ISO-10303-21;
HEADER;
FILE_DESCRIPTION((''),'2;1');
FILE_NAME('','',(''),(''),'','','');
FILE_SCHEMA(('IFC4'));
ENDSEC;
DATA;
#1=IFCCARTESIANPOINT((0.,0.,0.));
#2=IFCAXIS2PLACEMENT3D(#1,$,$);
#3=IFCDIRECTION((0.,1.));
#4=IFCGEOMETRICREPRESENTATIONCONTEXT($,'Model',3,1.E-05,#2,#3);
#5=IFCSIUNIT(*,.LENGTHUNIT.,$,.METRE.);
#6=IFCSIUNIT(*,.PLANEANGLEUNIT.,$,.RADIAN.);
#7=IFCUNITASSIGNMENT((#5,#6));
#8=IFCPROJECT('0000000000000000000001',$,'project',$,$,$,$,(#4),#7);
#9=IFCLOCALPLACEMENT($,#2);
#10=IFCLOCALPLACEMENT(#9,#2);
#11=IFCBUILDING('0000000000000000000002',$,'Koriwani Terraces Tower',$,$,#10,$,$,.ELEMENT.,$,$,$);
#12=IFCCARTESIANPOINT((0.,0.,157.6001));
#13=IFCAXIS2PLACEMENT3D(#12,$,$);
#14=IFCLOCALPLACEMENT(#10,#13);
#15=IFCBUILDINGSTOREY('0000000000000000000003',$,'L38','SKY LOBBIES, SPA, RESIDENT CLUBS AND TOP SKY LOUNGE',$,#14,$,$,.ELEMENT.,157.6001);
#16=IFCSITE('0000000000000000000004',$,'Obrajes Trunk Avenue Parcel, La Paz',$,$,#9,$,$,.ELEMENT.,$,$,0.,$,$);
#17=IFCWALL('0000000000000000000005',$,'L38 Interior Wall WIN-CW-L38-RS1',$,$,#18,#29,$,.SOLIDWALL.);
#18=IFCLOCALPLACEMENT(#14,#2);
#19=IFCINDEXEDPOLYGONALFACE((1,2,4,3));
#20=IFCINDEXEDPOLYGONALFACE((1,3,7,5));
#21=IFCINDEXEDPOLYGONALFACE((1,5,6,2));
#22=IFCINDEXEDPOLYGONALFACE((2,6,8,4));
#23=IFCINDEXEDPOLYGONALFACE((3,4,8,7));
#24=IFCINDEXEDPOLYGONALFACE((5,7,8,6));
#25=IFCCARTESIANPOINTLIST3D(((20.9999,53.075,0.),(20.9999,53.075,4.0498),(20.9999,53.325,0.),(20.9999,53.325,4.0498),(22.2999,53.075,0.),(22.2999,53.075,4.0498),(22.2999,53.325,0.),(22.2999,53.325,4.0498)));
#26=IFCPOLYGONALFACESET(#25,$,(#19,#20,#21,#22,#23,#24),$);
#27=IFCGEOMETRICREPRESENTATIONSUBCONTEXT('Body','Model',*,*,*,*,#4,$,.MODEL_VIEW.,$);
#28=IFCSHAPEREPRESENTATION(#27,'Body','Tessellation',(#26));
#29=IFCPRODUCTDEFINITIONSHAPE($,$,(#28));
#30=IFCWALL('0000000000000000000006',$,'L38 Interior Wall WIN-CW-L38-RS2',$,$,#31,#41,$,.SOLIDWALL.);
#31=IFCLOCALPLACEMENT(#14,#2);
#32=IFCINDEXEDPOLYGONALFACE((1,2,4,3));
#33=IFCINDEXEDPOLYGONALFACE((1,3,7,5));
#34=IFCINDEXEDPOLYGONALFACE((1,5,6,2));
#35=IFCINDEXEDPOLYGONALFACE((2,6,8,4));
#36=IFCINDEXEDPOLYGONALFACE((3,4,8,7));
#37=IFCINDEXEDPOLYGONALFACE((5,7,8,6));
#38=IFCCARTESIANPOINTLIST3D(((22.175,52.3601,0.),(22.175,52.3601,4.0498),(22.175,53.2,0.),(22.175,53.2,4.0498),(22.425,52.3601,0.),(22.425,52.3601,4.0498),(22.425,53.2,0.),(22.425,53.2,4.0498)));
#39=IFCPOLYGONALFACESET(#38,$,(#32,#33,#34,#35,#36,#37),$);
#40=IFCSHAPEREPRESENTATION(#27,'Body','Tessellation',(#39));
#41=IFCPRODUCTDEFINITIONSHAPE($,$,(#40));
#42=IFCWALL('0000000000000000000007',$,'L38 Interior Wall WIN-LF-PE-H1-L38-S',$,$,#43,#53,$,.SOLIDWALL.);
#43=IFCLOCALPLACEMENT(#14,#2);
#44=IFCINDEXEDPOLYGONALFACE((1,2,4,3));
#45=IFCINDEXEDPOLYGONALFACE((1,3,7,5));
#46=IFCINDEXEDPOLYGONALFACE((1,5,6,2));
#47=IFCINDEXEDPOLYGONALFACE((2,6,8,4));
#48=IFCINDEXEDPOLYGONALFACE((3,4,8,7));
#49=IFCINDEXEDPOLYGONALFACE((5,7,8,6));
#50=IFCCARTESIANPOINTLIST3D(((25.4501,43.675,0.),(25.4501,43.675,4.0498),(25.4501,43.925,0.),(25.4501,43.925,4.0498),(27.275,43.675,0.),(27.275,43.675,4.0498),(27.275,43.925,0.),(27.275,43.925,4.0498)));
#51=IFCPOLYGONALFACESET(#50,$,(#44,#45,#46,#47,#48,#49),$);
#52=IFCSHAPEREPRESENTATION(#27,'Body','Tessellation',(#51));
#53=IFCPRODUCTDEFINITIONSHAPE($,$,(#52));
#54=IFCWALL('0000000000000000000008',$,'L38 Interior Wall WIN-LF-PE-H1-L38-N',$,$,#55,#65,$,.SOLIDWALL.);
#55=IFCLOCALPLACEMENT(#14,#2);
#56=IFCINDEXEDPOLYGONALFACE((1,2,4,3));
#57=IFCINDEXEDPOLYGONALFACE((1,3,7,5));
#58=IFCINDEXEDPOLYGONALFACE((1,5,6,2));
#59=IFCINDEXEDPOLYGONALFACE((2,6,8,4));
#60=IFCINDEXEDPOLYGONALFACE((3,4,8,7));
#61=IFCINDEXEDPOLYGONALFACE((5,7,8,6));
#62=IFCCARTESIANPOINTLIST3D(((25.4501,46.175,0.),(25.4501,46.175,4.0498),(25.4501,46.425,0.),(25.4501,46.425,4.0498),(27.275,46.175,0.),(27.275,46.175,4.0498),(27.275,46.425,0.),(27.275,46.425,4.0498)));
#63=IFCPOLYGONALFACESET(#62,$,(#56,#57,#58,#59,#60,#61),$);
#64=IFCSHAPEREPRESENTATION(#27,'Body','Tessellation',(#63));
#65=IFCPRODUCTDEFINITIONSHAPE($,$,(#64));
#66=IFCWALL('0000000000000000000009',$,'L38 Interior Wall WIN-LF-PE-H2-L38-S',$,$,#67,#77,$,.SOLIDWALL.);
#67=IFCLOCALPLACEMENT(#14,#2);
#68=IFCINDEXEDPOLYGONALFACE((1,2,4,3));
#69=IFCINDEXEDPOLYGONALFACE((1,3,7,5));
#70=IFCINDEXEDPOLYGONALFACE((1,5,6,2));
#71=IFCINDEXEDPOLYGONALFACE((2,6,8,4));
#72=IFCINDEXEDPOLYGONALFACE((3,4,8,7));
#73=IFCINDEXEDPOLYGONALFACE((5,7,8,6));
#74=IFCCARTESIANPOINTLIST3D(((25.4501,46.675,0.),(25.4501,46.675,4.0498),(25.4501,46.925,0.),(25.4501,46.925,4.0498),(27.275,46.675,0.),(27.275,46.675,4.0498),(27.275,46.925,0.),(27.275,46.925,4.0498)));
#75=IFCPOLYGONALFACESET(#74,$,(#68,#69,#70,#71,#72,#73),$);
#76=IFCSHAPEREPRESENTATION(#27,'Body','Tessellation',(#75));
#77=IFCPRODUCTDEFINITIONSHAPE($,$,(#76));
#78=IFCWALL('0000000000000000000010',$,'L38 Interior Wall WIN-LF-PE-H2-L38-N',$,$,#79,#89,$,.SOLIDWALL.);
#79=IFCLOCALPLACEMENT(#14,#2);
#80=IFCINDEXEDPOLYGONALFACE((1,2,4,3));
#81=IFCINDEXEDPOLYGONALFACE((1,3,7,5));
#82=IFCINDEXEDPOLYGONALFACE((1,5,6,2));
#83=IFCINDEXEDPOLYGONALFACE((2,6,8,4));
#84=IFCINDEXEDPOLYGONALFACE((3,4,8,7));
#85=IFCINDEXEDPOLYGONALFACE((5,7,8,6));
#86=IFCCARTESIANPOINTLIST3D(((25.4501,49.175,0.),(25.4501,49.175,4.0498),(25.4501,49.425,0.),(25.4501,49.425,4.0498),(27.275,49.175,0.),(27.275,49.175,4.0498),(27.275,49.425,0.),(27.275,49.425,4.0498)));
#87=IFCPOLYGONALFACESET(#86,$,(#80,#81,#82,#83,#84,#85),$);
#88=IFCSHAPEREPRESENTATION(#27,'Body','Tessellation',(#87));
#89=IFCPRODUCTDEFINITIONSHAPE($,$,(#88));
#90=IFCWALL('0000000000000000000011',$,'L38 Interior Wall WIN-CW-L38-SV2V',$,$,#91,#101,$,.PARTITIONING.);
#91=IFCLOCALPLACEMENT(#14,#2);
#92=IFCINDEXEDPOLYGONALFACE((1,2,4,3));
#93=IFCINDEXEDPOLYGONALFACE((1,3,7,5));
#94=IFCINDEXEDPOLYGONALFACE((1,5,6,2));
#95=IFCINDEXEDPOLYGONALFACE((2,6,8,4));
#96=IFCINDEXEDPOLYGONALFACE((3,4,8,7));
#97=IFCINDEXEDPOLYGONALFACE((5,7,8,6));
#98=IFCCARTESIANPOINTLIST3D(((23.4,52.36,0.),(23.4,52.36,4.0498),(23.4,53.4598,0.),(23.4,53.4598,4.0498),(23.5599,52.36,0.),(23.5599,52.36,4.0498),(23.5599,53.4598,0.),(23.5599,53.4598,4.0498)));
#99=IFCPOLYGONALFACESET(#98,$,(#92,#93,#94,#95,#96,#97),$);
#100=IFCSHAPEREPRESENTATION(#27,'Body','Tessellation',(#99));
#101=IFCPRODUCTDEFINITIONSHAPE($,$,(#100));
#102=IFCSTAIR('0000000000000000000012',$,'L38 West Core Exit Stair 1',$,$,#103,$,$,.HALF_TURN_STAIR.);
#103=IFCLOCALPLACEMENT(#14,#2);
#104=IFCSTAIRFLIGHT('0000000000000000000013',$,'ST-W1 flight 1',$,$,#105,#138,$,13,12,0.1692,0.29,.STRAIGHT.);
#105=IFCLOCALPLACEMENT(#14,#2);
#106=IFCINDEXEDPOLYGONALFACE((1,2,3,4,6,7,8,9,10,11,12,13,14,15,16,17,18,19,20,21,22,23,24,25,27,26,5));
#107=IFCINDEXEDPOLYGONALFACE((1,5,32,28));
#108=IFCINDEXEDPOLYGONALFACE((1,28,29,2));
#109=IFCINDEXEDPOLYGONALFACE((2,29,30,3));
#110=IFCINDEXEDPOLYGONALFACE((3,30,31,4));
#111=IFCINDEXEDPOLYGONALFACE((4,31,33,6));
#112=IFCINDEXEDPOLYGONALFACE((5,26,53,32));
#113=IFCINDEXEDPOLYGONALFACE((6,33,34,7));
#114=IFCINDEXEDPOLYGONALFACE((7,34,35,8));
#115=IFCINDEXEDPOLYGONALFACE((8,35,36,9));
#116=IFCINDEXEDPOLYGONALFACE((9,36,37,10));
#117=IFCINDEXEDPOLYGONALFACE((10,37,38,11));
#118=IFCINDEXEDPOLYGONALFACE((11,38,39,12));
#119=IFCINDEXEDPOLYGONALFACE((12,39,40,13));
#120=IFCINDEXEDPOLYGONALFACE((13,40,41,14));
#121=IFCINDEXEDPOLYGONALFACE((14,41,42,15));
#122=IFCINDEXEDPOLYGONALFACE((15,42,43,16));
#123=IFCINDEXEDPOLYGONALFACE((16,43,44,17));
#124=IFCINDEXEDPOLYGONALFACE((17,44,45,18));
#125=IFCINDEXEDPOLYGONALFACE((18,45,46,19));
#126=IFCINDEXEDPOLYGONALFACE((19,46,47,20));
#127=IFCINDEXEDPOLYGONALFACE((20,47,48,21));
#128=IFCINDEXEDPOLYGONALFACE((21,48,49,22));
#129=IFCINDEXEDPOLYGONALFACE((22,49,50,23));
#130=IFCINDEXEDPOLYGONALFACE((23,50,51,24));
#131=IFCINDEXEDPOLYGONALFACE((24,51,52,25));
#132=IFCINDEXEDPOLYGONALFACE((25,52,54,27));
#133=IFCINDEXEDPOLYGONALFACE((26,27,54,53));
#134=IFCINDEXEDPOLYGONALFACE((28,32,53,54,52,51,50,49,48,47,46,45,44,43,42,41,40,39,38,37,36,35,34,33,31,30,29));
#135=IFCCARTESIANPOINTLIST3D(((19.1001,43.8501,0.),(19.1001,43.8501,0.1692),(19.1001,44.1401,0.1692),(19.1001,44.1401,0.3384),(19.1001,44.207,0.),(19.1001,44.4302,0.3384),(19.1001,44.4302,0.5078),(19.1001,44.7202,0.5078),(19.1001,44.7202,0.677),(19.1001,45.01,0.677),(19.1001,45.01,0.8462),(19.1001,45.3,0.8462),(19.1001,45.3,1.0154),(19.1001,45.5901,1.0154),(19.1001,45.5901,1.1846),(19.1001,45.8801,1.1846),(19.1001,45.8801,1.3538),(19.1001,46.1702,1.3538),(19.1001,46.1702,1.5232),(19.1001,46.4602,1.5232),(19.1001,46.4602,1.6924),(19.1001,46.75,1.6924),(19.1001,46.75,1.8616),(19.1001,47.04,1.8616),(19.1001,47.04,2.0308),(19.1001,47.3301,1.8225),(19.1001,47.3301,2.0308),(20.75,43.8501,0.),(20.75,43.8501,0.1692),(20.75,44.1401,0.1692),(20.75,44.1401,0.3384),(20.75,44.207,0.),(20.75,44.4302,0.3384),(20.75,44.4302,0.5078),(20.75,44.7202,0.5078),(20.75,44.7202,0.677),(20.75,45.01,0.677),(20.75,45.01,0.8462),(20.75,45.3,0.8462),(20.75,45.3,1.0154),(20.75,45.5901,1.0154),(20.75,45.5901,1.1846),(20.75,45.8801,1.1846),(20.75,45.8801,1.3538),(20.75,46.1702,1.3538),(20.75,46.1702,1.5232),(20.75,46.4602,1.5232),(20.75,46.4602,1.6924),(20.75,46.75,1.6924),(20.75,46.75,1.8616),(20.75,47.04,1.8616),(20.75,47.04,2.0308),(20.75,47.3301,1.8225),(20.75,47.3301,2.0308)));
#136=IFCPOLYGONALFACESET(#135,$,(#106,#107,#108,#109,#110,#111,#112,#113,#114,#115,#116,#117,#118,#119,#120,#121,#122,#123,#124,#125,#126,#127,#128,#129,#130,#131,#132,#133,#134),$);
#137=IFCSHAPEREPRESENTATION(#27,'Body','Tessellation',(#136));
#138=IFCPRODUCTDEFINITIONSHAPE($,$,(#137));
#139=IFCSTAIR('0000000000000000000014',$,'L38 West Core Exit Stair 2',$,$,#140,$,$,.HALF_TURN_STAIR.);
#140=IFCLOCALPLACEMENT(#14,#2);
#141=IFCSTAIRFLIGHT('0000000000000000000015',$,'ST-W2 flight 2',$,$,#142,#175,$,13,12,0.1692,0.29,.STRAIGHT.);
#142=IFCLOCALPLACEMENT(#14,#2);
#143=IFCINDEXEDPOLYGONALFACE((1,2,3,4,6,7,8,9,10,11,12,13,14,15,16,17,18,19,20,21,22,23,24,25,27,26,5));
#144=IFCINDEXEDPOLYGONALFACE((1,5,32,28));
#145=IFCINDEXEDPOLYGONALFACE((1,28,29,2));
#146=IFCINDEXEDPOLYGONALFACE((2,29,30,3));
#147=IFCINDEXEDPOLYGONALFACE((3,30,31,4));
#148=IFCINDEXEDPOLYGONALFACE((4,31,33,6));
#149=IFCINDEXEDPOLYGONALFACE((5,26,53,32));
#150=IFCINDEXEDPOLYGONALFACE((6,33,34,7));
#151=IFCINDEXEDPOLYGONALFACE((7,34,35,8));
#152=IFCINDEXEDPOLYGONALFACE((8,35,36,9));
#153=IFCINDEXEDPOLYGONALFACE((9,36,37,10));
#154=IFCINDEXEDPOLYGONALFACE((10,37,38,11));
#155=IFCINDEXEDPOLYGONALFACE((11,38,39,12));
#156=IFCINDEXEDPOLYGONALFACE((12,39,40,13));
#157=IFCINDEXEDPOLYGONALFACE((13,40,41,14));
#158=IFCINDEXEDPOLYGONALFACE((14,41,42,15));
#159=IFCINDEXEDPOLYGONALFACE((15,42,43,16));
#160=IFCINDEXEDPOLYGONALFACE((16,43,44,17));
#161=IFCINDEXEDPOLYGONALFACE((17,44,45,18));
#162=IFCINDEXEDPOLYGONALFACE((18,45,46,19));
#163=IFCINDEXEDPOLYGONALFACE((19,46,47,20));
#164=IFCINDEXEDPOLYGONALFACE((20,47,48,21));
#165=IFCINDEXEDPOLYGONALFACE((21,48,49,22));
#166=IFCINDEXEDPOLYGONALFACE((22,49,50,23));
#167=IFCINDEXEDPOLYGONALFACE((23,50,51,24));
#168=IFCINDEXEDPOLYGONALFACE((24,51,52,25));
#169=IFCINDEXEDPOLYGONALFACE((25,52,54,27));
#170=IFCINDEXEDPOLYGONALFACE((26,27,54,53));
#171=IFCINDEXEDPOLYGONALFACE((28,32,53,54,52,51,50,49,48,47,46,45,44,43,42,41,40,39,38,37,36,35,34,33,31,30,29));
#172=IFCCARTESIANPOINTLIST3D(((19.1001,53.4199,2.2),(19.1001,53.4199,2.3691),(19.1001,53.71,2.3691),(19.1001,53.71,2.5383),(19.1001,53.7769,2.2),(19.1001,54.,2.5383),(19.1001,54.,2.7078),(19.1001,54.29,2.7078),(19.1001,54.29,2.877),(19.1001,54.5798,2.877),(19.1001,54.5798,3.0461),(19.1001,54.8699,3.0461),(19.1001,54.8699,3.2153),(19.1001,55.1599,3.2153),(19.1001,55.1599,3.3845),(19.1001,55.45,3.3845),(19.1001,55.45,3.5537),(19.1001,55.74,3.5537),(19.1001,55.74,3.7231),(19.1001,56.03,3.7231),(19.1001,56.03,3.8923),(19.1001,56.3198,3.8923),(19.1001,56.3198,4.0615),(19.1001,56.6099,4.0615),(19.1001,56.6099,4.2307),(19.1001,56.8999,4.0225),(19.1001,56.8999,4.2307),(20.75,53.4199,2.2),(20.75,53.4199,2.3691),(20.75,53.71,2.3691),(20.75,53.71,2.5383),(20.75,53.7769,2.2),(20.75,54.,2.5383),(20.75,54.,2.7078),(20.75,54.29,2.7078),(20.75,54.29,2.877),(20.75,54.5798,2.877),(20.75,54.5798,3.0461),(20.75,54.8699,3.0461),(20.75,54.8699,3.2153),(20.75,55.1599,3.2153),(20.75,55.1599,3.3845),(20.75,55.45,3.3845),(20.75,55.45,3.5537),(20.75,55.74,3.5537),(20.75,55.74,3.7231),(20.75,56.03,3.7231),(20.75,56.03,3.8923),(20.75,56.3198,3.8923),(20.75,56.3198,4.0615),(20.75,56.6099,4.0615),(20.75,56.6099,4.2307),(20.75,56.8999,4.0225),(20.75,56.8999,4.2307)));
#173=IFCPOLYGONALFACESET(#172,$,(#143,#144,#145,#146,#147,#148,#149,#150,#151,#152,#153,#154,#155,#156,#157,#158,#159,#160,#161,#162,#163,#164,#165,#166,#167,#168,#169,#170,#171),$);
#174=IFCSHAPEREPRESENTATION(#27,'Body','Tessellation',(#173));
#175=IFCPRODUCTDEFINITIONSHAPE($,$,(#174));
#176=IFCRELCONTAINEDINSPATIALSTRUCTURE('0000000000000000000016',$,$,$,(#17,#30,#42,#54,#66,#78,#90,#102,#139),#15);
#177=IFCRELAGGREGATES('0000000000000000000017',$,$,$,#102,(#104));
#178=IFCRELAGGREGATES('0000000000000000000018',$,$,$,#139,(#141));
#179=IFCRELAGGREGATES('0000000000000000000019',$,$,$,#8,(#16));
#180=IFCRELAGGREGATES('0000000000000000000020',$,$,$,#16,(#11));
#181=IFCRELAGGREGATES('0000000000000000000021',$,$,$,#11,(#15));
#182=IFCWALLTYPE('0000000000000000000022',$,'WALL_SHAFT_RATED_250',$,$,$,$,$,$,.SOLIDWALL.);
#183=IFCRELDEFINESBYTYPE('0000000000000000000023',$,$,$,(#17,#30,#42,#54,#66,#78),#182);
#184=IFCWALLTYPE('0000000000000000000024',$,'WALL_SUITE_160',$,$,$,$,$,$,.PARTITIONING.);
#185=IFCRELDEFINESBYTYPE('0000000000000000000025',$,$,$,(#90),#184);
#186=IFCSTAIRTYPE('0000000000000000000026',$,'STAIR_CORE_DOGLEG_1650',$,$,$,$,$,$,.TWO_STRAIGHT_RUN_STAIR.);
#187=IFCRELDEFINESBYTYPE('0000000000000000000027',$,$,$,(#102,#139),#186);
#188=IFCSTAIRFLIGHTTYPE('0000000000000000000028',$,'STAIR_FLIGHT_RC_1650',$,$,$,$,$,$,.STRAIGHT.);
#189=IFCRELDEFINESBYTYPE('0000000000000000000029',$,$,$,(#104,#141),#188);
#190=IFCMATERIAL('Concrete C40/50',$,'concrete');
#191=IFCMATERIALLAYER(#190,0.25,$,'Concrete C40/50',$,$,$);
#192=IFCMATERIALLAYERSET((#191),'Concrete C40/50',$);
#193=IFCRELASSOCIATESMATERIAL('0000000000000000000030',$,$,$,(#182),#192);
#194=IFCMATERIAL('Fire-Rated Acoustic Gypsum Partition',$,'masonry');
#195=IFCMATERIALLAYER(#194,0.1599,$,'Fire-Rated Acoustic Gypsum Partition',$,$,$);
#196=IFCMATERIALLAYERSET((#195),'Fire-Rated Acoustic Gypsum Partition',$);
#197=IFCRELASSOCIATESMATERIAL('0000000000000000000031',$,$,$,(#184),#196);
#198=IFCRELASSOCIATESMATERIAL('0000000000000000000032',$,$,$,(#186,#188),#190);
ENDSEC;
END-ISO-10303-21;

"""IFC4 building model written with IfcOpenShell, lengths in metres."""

from ifc_helpers import new_model, si_unit, direction, frame, frame_2d, origin, place, context, subcontext, project, spatial, polyline, rectangle, outline, extrude, material, layer, layer_set, type_object, element, aggregate, save


model = new_model("IFC4")

# Units and contexts
model_context = context("Model", 3, precision=1e-05, world=origin(), true_north=direction((0.0, 1.0)))
body_context = subcontext(model_context, "Body", "Model", "MODEL_VIEW")
ifc_project = project(units=[si_unit("LENGTHUNIT", "METRE"), si_unit("PLANEANGLEUNIT", "RADIAN")], contexts=[model_context])

# Site, building, storey
site_placement = place(None, origin())
site = spatial("IfcSite", under=ifc_project, at=site_placement, Name="Obrajes Trunk Avenue Parcel, La Paz", CompositionType="ELEMENT", RefElevation=0.0)
building_placement = place(site_placement, origin())
building = spatial("IfcBuilding", under=site, at=building_placement, Name="Koriwani Terraces Tower", CompositionType="ELEMENT")
storey_placement = place(building_placement, frame((0.0, 0.0, 157.6001)))
storey = spatial("IfcBuildingStorey", under=building, at=storey_placement, Name="L38", Description="SKY LOBBIES, SPA, RESIDENT CLUBS AND TOP SKY LOUNGE", CompositionType="ELEMENT", Elevation=157.6001)

# Shared definitions
ifc_material_1 = material(Name="Concrete C40/50", Category="concrete")
ifc_layer_1 = layer(ifc_material_1, 0.25, Name="Concrete C40/50")
ifc_layer_set_1 = layer_set([ifc_layer_1], Name="Concrete C40/50")
wall_type_1 = type_object("IfcWallType", Name="WALL_SHAFT_RATED_250", PredefinedType="SOLIDWALL", material=ifc_layer_set_1)

# Walls
wall_1_placement = place(storey_placement, frame((21.0, 53.2, 0.0), z_axis=(0.0, 0.0, 1.0), x_axis=(1.0, 0.0, 0.0)))
element("IfcWall", 1, at=wall_1_placement, inside=storey, type_object=wall_type_1, Name="L38 Interior Wall WIN-CW-L38-RS1", PredefinedType="SOLIDWALL", context=body_context, shape_type="SweptSolid", body=[
    extrude(rectangle(XDim=1.3, YDim=0.25, at=frame_2d((0.6499, 0.0))), origin(), (0.0, 0.0, 1.0), 4.0498),
])
wall_2_placement = place(storey_placement, frame((22.3, 52.3601, 0.0), z_axis=(0.0, 0.0, 1.0), x_axis=(0.0, 1.0, 0.0)))
element("IfcWall", 2, at=wall_2_placement, inside=storey, type_object=wall_type_1, Name="L38 Interior Wall WIN-CW-L38-RS2", PredefinedType="SOLIDWALL", context=body_context, shape_type="SweptSolid", body=[
    extrude(rectangle(XDim=0.8398, YDim=0.25, at=frame_2d((0.4199, 0.0))), origin(), (0.0, 0.0, 1.0), 4.0498),
])
for number, where, z_axis, x_axis, name in (
    (3, (25.45, 43.8, 0.0), (0.0, 0.0, 1.0), (1.0, 0.0, 0.0), "L38 Interior Wall WIN-LF-PE-H1-L38-S"),
    (4, (25.45, 46.3, 0.0), (0.0, 0.0, 1.0), (1.0, 0.0, 0.0), "L38 Interior Wall WIN-LF-PE-H1-L38-N"),
    (5, (25.45, 46.8, 0.0), (0.0, 0.0, 1.0), (1.0, 0.0, 0.0), "L38 Interior Wall WIN-LF-PE-H2-L38-S"),
    (6, (25.45, 49.3, 0.0), (0.0, 0.0, 1.0), (1.0, 0.0, 0.0), "L38 Interior Wall WIN-LF-PE-H2-L38-N"),
):
    element("IfcWall", number, at=place(storey_placement, frame(where, z_axis=z_axis, x_axis=x_axis)), inside=storey, type_object=wall_type_1, Name=name, PredefinedType="SOLIDWALL", context=body_context, shape_type="SweptSolid", body=[
        extrude(rectangle(XDim=1.825, YDim=0.25, at=frame_2d((0.9126, 0.0))), origin(), (0.0, 0.0, 1.0), 4.0498),
    ])
ifc_material_2 = material(Name="Fire-Rated Acoustic Gypsum Partition", Category="masonry")
ifc_layer_2 = layer(ifc_material_2, 0.1599, Name="Fire-Rated Acoustic Gypsum Partition")
ifc_layer_set_2 = layer_set([ifc_layer_2], Name="Fire-Rated Acoustic Gypsum Partition")
wall_type_2 = type_object("IfcWallType", Name="WALL_SUITE_160", PredefinedType="PARTITIONING", material=ifc_layer_set_2)
wall_3_placement = place(storey_placement, frame((23.48, 52.3601, 0.0), z_axis=(0.0, 0.0, 1.0), x_axis=(0.0, 1.0, 0.0)))
element("IfcWall", 7, at=wall_3_placement, inside=storey, type_object=wall_type_2, Name="L38 Interior Wall WIN-CW-L38-SV2V", PredefinedType="PARTITIONING", context=body_context, shape_type="SweptSolid", body=[
    extrude(rectangle(XDim=1.0999, YDim=0.1599, at=frame_2d((0.5498, 0.0))), origin(), (0.0, 0.0, 1.0), 4.0498),
])

# Stairs, stair flights
stair_type = type_object("IfcStairType", Name="STAIR_CORE_DOGLEG_1650", PredefinedType="TWO_STRAIGHT_RUN_STAIR", material=ifc_material_1)
stair_1_placement = place(storey_placement, origin())
stair_1 = element("IfcStair", 8, at=stair_1_placement, inside=storey, type_object=stair_type, Name="L38 West Core Exit Stair 1", PredefinedType="HALF_TURN_STAIR")
stair_flight_type = type_object("IfcStairFlightType", Name="STAIR_FLIGHT_RC_1650", PredefinedType="STRAIGHT", material=ifc_material_1)
stair_flight_1_placement = place(storey_placement, frame((19.925, 43.8501, 0.0), z_axis=(0.0, 0.0, 1.0), x_axis=(0.0, 1.0, 0.0)))
stair_flight_1 = element("IfcStairFlight", 9, at=stair_flight_1_placement, type_object=stair_flight_type, Name="ST-W1 flight 1", NumberOfRisers=13, NumberOfTreads=12, PredefinedType="STRAIGHT", RiserHeight=0.1692, TreadLength=0.29, context=body_context, shape_type="SweptSolid", body=[
    extrude(outline(polyline([(0.0, 0.0), (0.0, 0.1692), (0.29, 0.1692), (0.29, 0.3384), (0.5801, 0.3384), (0.5801, 0.5078), (0.8701, 0.5078), (0.8701, 0.677), (1.1599, 0.677), (1.1599, 0.8462), (1.45, 0.8462), (1.45, 1.0154), (1.74, 1.0154), (1.74, 1.1846), (2.03, 1.1846), (2.03, 1.3538), (2.3201, 1.3538), (2.3201, 1.5232), (2.6101, 1.5232), (2.6101, 1.6924), (2.8999, 1.6924), (2.8999, 1.8616), (3.1899, 1.8616), (3.1899, 2.0308), (3.48, 2.0308), (3.48, 2.2), (3.48, 1.8225), (0.3569, 0.0), (0.0, 0.0)])), frame((0.0, 0.825, 0.0), z_axis=(0.0, -1.0, 0.0), x_axis=(1.0, 0.0, 0.0)), (0.0, 0.0, 1.0), 1.6499),
])
aggregate(stair_1, [stair_flight_1])
stair_2_placement = place(storey_placement, origin())
stair_2 = element("IfcStair", 10, at=stair_2_placement, inside=storey, type_object=stair_type, Name="L38 West Core Exit Stair 2", PredefinedType="HALF_TURN_STAIR")
stair_flight_2_placement = place(storey_placement, frame((19.925, 53.4199, 2.2), z_axis=(0.0, 0.0, 1.0), x_axis=(0.0, 1.0, 0.0)))
stair_flight_2 = element("IfcStairFlight", 11, at=stair_flight_2_placement, type_object=stair_flight_type, Name="ST-W2 flight 2", NumberOfRisers=13, NumberOfTreads=12, PredefinedType="STRAIGHT", RiserHeight=0.1692, TreadLength=0.29, context=body_context, shape_type="SweptSolid", body=[
    extrude(outline(polyline([(0.0, 0.0), (0.0, 0.1692), (0.29, 0.1692), (0.29, 0.3384), (0.5801, 0.3384), (0.5801, 0.5078), (0.8701, 0.5078), (0.8701, 0.677), (1.1599, 0.677), (1.1599, 0.8462), (1.45, 0.8462), (1.45, 1.0154), (1.74, 1.0154), (1.74, 1.1846), (2.03, 1.1846), (2.03, 1.3538), (2.3201, 1.3538), (2.3201, 1.5232), (2.6101, 1.5232), (2.6101, 1.6924), (2.8999, 1.6924), (2.8999, 1.8616), (3.1899, 1.8616), (3.1899, 2.0308), (3.48, 2.0308), (3.48, 2.2), (3.48, 1.8225), (0.3569, 0.0), (0.0, 0.0)])), frame((0.0, 0.825, 0.0), z_axis=(0.0, -1.0, 0.0), x_axis=(1.0, 0.0, 0.0)), (0.0, 0.0, 1.0), 1.6499),
])
aggregate(stair_2, [stair_flight_2])

save(model, "model.ifc")
